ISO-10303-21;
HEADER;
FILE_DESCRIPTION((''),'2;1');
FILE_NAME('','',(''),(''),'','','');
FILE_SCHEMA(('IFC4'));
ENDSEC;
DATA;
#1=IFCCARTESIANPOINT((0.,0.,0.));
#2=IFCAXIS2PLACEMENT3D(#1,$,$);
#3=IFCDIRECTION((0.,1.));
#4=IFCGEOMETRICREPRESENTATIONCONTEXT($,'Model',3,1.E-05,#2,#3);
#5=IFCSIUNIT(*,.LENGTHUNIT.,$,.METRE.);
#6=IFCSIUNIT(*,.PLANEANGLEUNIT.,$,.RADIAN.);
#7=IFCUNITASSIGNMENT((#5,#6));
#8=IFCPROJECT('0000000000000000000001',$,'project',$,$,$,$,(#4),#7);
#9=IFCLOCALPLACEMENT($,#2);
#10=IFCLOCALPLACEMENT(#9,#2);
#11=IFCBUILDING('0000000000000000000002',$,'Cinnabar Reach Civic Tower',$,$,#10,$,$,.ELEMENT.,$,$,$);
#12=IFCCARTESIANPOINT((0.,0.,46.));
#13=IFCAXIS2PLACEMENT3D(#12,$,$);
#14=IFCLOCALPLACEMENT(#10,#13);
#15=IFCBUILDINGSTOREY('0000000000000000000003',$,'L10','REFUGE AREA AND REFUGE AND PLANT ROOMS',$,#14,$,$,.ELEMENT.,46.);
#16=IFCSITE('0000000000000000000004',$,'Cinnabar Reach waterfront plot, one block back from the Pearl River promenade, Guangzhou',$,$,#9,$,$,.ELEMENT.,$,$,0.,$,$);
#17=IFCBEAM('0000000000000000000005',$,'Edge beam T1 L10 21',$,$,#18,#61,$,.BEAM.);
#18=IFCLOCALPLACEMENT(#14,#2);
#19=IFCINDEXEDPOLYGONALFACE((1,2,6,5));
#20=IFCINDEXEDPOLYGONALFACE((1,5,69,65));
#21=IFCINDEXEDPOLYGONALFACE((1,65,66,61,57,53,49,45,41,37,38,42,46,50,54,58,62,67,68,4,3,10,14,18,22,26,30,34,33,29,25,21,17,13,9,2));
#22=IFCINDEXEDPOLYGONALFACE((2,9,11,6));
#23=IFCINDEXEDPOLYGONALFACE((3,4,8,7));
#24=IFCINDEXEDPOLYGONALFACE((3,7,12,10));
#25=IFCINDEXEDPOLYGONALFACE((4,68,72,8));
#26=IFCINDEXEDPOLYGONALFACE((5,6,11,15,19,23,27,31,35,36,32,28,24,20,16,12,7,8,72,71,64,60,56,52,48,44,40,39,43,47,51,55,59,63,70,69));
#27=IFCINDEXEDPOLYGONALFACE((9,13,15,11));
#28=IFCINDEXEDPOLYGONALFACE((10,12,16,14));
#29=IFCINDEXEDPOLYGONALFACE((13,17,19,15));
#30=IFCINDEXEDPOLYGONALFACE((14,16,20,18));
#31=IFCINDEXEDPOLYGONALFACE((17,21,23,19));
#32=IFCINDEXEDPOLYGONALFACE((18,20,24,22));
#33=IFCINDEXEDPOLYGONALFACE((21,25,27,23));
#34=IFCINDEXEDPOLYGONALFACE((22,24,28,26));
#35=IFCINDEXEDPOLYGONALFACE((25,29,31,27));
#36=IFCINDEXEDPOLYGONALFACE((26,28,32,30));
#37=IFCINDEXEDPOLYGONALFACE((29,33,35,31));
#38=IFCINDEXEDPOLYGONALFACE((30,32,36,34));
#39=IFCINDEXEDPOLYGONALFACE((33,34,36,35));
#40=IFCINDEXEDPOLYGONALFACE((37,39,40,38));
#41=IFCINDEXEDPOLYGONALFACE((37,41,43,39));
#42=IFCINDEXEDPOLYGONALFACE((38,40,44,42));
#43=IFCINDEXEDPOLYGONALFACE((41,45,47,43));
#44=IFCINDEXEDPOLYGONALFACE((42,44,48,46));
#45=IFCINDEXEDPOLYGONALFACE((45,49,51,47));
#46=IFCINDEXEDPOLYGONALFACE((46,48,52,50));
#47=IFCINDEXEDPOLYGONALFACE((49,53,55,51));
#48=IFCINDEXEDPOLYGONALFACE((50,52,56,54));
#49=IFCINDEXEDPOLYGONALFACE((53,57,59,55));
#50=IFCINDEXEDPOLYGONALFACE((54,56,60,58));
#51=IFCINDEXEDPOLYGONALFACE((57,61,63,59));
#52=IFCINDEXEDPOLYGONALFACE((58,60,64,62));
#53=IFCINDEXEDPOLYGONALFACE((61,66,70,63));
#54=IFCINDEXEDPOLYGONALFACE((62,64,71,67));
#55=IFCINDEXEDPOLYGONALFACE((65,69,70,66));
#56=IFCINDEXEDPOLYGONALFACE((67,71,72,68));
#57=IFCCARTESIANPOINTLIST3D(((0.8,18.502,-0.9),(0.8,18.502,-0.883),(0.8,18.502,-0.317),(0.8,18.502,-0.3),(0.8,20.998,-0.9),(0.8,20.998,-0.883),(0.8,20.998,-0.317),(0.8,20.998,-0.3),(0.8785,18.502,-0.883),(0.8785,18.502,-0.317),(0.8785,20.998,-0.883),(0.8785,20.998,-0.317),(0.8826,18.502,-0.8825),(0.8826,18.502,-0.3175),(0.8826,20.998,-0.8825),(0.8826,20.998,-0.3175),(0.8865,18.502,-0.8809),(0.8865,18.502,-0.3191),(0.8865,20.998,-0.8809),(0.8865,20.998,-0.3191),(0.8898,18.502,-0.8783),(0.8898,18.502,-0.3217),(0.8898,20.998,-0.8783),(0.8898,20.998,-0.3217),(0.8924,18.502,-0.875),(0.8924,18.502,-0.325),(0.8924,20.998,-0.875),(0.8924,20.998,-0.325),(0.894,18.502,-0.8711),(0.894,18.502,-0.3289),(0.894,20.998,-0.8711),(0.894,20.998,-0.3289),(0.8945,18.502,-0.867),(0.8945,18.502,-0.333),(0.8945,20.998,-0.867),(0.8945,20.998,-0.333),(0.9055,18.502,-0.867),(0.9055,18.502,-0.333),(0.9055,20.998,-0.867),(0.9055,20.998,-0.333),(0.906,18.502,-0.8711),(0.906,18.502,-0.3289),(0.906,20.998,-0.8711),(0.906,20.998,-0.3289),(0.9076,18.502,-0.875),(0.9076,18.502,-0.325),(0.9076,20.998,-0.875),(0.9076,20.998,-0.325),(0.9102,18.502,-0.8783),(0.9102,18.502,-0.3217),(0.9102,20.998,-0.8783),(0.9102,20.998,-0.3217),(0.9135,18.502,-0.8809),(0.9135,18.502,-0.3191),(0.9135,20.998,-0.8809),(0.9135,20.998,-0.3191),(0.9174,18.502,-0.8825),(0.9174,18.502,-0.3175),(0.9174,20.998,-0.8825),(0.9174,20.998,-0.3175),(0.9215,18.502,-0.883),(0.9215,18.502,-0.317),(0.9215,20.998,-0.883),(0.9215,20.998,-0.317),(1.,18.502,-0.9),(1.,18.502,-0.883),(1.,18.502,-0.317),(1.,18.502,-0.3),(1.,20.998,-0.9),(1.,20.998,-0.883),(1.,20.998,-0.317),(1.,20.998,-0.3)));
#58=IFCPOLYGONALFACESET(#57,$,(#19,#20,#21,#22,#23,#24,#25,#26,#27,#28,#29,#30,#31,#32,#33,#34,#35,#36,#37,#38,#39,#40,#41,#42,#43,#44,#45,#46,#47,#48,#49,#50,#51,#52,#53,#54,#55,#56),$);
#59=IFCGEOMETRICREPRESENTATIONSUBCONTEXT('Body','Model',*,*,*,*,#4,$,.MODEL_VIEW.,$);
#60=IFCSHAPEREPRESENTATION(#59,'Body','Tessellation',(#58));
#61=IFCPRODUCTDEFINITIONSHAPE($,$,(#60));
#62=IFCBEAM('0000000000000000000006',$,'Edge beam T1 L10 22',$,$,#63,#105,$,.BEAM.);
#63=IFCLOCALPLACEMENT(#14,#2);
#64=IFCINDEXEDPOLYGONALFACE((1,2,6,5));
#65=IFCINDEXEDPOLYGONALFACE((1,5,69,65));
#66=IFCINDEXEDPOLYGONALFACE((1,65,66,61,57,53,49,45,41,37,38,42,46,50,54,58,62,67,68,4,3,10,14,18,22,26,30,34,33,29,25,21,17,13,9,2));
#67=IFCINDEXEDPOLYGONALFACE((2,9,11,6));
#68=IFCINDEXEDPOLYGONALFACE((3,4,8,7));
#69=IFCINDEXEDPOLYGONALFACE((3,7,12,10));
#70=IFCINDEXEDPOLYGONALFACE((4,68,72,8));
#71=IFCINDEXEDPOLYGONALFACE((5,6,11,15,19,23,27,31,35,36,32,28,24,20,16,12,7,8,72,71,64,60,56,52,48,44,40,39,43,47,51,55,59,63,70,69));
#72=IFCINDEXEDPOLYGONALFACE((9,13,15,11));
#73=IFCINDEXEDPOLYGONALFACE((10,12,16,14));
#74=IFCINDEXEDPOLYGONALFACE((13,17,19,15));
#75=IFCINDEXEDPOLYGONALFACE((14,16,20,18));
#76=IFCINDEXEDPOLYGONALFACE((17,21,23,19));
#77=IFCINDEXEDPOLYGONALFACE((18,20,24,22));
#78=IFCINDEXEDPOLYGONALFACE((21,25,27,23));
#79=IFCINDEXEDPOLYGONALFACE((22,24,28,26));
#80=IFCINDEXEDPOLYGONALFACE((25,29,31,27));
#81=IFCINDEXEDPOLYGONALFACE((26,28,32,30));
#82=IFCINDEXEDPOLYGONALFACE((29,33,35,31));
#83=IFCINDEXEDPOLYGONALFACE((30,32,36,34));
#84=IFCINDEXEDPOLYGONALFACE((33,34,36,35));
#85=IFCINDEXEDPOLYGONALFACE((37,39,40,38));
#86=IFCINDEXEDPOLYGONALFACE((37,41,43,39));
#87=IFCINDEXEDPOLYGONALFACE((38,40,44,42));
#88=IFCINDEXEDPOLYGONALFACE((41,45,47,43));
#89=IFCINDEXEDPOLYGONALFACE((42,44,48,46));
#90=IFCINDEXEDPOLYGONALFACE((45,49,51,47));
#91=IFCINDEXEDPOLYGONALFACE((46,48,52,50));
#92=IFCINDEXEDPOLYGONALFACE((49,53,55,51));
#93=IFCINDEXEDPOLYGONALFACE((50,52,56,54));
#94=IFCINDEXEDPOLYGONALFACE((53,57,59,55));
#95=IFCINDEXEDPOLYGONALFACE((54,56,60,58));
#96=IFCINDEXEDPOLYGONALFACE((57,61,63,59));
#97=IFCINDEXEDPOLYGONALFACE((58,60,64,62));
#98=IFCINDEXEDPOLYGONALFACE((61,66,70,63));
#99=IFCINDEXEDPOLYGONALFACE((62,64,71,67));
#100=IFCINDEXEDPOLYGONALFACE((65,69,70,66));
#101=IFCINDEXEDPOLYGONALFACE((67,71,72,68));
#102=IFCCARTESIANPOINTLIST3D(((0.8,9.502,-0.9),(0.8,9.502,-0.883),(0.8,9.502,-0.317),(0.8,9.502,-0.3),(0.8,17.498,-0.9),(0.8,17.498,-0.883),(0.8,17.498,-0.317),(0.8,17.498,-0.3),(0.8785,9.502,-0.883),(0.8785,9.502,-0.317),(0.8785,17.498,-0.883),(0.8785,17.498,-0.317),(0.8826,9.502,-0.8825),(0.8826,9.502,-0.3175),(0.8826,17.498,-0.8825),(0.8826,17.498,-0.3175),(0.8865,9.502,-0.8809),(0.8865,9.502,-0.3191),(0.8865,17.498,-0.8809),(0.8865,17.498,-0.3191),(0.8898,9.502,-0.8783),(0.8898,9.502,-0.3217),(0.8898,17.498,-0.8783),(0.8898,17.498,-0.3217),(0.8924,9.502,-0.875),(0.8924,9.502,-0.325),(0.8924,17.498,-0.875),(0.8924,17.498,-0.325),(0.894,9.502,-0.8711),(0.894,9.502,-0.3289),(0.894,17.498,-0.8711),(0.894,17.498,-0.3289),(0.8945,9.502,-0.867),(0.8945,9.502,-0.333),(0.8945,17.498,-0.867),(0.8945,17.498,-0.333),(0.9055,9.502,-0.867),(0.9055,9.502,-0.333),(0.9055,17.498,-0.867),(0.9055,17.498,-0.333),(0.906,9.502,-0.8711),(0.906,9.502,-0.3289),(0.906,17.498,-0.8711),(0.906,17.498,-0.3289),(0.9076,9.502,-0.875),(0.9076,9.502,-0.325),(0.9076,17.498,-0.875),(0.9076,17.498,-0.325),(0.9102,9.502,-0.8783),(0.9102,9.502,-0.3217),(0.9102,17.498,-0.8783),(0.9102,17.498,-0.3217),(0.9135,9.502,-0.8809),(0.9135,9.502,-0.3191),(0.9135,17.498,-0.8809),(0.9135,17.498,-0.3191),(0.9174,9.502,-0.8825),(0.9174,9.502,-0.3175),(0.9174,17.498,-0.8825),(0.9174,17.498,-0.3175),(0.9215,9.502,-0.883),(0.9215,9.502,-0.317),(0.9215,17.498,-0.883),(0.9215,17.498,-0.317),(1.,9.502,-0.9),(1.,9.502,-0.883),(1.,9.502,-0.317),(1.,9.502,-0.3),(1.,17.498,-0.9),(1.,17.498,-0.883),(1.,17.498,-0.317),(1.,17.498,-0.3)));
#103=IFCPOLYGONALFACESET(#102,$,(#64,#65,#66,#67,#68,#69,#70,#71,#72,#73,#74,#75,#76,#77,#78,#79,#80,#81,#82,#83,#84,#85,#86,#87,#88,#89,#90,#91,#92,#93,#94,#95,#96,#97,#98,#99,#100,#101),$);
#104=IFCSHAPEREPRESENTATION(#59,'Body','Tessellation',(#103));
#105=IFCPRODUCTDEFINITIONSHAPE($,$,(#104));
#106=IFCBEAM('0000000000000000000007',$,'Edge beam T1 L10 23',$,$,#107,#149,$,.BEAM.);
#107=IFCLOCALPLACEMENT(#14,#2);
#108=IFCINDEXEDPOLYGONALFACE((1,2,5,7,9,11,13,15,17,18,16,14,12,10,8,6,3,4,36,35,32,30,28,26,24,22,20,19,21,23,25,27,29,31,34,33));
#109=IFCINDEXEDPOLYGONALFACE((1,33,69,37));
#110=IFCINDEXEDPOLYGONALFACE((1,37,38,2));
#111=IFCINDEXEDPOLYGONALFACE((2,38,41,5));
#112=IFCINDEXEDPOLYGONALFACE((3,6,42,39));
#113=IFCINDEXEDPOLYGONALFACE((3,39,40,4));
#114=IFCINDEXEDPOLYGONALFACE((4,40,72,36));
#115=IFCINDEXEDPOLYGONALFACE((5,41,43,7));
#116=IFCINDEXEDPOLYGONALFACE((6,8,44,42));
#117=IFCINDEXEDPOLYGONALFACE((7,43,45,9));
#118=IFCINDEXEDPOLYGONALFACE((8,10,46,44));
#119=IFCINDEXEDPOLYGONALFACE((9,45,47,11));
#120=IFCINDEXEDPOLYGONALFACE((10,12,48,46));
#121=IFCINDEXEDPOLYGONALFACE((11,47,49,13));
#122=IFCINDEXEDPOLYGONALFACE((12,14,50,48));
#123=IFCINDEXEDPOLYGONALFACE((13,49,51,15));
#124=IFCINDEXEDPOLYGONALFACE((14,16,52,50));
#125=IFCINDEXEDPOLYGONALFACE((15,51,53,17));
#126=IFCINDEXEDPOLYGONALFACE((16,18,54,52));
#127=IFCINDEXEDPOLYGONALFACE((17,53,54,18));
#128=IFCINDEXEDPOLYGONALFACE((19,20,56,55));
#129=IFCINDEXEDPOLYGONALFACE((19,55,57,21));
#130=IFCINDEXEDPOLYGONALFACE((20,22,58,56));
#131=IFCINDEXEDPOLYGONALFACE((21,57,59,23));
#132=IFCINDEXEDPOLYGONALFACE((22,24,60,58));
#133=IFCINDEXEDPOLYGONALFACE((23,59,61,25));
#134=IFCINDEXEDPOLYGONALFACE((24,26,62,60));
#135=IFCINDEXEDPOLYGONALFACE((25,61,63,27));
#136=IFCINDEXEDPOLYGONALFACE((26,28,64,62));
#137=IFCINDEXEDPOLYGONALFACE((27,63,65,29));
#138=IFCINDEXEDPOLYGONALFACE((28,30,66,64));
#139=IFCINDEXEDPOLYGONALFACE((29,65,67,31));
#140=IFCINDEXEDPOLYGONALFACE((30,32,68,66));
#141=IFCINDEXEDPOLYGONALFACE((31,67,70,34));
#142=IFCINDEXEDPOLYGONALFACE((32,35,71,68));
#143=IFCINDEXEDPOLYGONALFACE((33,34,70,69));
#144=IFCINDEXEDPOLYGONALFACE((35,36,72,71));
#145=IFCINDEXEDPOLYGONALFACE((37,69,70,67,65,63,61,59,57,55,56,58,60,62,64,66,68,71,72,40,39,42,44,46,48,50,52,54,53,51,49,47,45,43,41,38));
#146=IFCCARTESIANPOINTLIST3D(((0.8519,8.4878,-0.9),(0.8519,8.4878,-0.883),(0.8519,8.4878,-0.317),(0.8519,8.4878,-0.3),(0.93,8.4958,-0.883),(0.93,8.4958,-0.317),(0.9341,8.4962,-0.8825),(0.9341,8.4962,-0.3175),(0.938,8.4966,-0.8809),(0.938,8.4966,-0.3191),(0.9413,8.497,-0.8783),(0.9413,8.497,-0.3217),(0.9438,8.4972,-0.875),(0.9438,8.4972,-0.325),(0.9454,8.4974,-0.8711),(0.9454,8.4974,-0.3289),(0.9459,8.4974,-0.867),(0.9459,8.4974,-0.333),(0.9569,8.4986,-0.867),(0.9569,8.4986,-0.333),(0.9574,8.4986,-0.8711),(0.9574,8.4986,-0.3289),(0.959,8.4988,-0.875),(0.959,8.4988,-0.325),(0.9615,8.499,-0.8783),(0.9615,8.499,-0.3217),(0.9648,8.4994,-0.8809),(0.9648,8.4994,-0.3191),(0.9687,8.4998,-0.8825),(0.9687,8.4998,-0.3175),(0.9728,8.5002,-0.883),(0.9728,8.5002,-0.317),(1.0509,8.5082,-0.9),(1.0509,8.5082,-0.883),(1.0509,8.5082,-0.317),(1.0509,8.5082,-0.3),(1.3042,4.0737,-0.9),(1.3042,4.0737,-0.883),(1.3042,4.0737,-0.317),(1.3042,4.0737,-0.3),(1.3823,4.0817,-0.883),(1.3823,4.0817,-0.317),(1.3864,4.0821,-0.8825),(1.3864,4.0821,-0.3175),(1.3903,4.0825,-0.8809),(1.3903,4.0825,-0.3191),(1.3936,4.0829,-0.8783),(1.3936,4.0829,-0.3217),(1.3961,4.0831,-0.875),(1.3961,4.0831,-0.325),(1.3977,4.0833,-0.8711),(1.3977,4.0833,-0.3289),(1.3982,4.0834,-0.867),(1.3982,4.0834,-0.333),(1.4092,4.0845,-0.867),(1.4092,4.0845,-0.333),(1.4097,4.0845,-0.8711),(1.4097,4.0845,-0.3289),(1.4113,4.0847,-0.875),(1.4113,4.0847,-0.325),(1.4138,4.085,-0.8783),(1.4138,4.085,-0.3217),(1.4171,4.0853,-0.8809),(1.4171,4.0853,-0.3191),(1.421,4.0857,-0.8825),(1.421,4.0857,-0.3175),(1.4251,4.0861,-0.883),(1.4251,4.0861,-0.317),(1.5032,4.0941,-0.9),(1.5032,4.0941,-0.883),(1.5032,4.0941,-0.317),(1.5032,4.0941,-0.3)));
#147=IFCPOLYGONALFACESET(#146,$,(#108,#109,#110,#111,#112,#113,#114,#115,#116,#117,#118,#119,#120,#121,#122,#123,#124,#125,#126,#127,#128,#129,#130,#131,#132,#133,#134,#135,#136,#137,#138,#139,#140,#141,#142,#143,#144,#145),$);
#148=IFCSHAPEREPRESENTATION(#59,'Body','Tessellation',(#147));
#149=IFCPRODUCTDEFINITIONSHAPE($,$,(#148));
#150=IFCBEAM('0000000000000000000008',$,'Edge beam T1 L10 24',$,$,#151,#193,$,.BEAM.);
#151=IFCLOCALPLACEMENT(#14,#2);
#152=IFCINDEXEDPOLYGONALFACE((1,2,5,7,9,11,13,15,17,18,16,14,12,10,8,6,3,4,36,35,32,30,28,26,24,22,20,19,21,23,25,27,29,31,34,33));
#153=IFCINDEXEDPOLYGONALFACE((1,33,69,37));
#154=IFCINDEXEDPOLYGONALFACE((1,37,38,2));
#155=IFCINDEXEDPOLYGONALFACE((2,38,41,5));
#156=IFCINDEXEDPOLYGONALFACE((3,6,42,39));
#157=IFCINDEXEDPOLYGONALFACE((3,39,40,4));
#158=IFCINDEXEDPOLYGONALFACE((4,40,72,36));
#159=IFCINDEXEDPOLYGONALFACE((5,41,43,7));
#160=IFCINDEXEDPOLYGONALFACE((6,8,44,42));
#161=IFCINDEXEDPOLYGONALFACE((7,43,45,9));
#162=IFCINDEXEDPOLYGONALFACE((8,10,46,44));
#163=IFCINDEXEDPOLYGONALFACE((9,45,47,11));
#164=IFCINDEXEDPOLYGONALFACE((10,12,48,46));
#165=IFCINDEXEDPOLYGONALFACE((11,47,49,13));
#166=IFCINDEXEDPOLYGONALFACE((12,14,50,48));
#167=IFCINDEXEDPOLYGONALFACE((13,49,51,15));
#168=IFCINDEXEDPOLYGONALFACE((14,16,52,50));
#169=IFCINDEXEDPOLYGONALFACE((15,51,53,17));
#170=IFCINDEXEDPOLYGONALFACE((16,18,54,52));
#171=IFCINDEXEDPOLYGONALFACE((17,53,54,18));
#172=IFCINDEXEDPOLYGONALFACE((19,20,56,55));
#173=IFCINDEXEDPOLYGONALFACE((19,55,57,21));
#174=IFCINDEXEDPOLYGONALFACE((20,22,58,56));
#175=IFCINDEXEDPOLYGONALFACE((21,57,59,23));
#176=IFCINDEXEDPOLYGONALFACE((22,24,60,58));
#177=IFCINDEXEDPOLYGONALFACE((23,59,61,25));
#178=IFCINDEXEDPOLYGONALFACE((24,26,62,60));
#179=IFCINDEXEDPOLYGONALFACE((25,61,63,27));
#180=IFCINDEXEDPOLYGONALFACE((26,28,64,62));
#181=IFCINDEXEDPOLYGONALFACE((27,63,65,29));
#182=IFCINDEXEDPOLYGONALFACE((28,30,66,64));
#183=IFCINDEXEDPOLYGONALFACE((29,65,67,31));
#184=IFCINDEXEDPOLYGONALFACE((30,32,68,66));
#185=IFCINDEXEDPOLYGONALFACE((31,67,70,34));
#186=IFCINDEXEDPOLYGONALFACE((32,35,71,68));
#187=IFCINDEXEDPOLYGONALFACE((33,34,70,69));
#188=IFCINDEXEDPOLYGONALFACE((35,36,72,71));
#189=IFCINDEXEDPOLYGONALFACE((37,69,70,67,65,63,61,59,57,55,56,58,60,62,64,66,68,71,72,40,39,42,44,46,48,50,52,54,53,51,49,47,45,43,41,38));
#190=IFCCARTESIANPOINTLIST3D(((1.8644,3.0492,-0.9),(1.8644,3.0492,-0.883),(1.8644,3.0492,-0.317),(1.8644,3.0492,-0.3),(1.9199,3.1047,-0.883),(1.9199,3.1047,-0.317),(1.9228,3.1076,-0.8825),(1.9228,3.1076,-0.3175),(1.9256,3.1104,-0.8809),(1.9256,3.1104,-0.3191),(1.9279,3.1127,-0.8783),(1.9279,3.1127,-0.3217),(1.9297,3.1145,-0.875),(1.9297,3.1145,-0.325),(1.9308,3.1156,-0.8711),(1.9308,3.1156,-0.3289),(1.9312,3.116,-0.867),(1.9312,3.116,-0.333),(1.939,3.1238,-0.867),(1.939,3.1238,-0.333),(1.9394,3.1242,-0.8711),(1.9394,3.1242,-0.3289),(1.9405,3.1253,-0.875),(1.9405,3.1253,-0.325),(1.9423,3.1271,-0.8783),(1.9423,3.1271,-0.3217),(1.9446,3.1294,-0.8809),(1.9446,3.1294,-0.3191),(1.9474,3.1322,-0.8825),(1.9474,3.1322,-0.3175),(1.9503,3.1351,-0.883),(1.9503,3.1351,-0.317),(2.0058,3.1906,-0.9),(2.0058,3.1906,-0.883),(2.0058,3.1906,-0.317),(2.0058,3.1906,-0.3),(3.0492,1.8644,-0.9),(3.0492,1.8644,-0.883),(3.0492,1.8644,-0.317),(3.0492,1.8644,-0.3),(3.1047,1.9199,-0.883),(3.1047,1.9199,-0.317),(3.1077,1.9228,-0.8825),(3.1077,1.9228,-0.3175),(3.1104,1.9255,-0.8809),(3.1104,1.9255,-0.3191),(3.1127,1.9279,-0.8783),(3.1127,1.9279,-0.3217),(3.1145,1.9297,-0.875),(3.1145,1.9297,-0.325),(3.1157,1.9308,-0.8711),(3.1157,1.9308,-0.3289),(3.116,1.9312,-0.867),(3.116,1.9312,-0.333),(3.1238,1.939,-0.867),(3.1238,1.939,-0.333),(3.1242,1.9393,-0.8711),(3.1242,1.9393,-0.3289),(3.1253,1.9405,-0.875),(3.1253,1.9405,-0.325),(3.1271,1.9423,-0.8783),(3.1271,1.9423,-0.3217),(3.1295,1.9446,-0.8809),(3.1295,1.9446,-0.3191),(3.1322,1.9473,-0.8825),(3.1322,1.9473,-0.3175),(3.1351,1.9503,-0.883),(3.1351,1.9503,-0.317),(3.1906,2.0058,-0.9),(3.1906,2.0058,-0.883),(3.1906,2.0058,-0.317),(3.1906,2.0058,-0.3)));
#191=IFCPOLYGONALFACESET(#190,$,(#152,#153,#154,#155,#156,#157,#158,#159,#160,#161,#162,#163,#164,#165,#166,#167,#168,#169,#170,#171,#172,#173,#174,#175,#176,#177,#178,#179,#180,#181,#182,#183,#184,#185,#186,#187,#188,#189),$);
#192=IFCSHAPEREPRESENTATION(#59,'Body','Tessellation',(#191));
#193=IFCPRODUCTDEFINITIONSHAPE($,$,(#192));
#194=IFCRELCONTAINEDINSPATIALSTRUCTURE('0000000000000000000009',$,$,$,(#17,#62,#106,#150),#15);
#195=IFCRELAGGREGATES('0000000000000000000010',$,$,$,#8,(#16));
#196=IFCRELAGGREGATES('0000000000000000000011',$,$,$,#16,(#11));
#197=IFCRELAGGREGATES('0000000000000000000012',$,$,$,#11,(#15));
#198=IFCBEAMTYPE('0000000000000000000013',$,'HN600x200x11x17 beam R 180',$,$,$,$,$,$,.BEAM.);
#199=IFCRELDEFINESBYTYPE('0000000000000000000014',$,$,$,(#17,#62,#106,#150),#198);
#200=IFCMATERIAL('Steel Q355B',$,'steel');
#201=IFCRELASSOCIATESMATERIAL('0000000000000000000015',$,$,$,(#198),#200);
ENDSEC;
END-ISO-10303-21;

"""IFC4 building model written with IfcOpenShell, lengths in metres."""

from ifc_helpers import new_model, si_unit, direction, frame, origin, origin_2d, place, context, subcontext, project, spatial, i_section, extrude, material, material_profile, profile_set, type_object, element, save


model = new_model("IFC4")

# Units and contexts
model_context = context("Model", 3, precision=1e-05, world=origin(), true_north=direction((0.0, 1.0)))
body_context = subcontext(model_context, "Body", "Model", "MODEL_VIEW")
ifc_project = project(units=[si_unit("LENGTHUNIT", "METRE"), si_unit("PLANEANGLEUNIT", "RADIAN")], contexts=[model_context])

# Site, building, storey
site_placement = place(None, origin())
site = spatial("IfcSite", under=ifc_project, at=site_placement, Name="Cinnabar Reach waterfront plot, one block back from the Pearl River promenade, Guangzhou", CompositionType="ELEMENT", RefElevation=0.0)
building_placement = place(site_placement, origin())
building = spatial("IfcBuilding", under=site, at=building_placement, Name="Cinnabar Reach Civic Tower", CompositionType="ELEMENT")
storey_placement = place(building_placement, frame((0.0, 0.0, 46.0)))
storey = spatial("IfcBuildingStorey", under=building, at=storey_placement, Name="L10", Description="REFUGE AREA AND REFUGE AND PLANT ROOMS", CompositionType="ELEMENT", Elevation=46.0)

# Beams
ifc_material_1 = material(Name="Steel Q355B", Category="steel")
ifc_material_profile_1 = material_profile(ifc_material_1, i_section(OverallWidth=0.2, OverallDepth=0.6, WebThickness=0.011, FlangeThickness=0.017, FilletRadius=0.016, at=origin_2d()), Name="HN600x200x11x17")
ifc_profile_set_1 = profile_set([ifc_material_profile_1], Name="Steel Q355B")
beam_type_1 = type_object("IfcBeamType", Name="HN600x200x11x17 beam R 180", PredefinedType="BEAM", material=ifc_profile_set_1)
beam_1_placement = place(storey_placement, frame((0.9, 20.998, -0.6), z_axis=(0.0, -1.0, 0.0), x_axis=(1.0, 0.0, 0.0)))
element("IfcBeam", 1, at=beam_1_placement, inside=storey, type_object=beam_type_1, Name="Edge beam T1 L10 21", PredefinedType="BEAM", context=body_context, shape_type="SweptSolid", body=[
    extrude(i_section(OverallWidth=0.2, OverallDepth=0.6, WebThickness=0.011, FlangeThickness=0.017, FilletRadius=0.016, at=origin_2d()), origin(), (0.0, 0.0, 1.0), 2.496),
])
beam_2_placement = place(storey_placement, frame((0.9, 17.498, -0.6), z_axis=(0.0, -1.0, 0.0), x_axis=(1.0, 0.0, 0.0)))
element("IfcBeam", 2, at=beam_2_placement, inside=storey, type_object=beam_type_1, Name="Edge beam T1 L10 22", PredefinedType="BEAM", context=body_context, shape_type="SweptSolid", body=[
    extrude(i_section(OverallWidth=0.2, OverallDepth=0.6, WebThickness=0.011, FlangeThickness=0.017, FilletRadius=0.016, at=origin_2d()), origin(), (0.0, 0.0, 1.0), 7.996),
])
beam_3_placement = place(storey_placement, frame((0.9514, 8.498, -0.6), z_axis=(0.101933, -0.994791, 0.0), x_axis=(0.994791, 0.101933, 0.0)))
element("IfcBeam", 3, at=beam_3_placement, inside=storey, type_object=beam_type_1, Name="Edge beam T1 L10 23", PredefinedType="BEAM", context=body_context, shape_type="SweptSolid", body=[
    extrude(i_section(OverallWidth=0.2, OverallDepth=0.6, WebThickness=0.011, FlangeThickness=0.017, FilletRadius=0.016, at=origin_2d()), origin(), (0.0, 0.0, 1.0), 4.4372),
])
beam_4_placement = place(storey_placement, frame((1.9351, 3.1199, -0.6), z_axis=(0.707107, -0.707107, 0.0), x_axis=(0.707107, 0.707107, 0.0)))
element("IfcBeam", 4, at=beam_4_placement, inside=storey, type_object=beam_type_1, Name="Edge beam T1 L10 24", PredefinedType="BEAM", context=body_context, shape_type="SweptSolid", body=[
    extrude(i_section(OverallWidth=0.2, OverallDepth=0.6, WebThickness=0.011, FlangeThickness=0.017, FilletRadius=0.016, at=origin_2d()), origin(), (0.0, 0.0, 1.0), 1.6756),
])

save(model, "model.ifc")
